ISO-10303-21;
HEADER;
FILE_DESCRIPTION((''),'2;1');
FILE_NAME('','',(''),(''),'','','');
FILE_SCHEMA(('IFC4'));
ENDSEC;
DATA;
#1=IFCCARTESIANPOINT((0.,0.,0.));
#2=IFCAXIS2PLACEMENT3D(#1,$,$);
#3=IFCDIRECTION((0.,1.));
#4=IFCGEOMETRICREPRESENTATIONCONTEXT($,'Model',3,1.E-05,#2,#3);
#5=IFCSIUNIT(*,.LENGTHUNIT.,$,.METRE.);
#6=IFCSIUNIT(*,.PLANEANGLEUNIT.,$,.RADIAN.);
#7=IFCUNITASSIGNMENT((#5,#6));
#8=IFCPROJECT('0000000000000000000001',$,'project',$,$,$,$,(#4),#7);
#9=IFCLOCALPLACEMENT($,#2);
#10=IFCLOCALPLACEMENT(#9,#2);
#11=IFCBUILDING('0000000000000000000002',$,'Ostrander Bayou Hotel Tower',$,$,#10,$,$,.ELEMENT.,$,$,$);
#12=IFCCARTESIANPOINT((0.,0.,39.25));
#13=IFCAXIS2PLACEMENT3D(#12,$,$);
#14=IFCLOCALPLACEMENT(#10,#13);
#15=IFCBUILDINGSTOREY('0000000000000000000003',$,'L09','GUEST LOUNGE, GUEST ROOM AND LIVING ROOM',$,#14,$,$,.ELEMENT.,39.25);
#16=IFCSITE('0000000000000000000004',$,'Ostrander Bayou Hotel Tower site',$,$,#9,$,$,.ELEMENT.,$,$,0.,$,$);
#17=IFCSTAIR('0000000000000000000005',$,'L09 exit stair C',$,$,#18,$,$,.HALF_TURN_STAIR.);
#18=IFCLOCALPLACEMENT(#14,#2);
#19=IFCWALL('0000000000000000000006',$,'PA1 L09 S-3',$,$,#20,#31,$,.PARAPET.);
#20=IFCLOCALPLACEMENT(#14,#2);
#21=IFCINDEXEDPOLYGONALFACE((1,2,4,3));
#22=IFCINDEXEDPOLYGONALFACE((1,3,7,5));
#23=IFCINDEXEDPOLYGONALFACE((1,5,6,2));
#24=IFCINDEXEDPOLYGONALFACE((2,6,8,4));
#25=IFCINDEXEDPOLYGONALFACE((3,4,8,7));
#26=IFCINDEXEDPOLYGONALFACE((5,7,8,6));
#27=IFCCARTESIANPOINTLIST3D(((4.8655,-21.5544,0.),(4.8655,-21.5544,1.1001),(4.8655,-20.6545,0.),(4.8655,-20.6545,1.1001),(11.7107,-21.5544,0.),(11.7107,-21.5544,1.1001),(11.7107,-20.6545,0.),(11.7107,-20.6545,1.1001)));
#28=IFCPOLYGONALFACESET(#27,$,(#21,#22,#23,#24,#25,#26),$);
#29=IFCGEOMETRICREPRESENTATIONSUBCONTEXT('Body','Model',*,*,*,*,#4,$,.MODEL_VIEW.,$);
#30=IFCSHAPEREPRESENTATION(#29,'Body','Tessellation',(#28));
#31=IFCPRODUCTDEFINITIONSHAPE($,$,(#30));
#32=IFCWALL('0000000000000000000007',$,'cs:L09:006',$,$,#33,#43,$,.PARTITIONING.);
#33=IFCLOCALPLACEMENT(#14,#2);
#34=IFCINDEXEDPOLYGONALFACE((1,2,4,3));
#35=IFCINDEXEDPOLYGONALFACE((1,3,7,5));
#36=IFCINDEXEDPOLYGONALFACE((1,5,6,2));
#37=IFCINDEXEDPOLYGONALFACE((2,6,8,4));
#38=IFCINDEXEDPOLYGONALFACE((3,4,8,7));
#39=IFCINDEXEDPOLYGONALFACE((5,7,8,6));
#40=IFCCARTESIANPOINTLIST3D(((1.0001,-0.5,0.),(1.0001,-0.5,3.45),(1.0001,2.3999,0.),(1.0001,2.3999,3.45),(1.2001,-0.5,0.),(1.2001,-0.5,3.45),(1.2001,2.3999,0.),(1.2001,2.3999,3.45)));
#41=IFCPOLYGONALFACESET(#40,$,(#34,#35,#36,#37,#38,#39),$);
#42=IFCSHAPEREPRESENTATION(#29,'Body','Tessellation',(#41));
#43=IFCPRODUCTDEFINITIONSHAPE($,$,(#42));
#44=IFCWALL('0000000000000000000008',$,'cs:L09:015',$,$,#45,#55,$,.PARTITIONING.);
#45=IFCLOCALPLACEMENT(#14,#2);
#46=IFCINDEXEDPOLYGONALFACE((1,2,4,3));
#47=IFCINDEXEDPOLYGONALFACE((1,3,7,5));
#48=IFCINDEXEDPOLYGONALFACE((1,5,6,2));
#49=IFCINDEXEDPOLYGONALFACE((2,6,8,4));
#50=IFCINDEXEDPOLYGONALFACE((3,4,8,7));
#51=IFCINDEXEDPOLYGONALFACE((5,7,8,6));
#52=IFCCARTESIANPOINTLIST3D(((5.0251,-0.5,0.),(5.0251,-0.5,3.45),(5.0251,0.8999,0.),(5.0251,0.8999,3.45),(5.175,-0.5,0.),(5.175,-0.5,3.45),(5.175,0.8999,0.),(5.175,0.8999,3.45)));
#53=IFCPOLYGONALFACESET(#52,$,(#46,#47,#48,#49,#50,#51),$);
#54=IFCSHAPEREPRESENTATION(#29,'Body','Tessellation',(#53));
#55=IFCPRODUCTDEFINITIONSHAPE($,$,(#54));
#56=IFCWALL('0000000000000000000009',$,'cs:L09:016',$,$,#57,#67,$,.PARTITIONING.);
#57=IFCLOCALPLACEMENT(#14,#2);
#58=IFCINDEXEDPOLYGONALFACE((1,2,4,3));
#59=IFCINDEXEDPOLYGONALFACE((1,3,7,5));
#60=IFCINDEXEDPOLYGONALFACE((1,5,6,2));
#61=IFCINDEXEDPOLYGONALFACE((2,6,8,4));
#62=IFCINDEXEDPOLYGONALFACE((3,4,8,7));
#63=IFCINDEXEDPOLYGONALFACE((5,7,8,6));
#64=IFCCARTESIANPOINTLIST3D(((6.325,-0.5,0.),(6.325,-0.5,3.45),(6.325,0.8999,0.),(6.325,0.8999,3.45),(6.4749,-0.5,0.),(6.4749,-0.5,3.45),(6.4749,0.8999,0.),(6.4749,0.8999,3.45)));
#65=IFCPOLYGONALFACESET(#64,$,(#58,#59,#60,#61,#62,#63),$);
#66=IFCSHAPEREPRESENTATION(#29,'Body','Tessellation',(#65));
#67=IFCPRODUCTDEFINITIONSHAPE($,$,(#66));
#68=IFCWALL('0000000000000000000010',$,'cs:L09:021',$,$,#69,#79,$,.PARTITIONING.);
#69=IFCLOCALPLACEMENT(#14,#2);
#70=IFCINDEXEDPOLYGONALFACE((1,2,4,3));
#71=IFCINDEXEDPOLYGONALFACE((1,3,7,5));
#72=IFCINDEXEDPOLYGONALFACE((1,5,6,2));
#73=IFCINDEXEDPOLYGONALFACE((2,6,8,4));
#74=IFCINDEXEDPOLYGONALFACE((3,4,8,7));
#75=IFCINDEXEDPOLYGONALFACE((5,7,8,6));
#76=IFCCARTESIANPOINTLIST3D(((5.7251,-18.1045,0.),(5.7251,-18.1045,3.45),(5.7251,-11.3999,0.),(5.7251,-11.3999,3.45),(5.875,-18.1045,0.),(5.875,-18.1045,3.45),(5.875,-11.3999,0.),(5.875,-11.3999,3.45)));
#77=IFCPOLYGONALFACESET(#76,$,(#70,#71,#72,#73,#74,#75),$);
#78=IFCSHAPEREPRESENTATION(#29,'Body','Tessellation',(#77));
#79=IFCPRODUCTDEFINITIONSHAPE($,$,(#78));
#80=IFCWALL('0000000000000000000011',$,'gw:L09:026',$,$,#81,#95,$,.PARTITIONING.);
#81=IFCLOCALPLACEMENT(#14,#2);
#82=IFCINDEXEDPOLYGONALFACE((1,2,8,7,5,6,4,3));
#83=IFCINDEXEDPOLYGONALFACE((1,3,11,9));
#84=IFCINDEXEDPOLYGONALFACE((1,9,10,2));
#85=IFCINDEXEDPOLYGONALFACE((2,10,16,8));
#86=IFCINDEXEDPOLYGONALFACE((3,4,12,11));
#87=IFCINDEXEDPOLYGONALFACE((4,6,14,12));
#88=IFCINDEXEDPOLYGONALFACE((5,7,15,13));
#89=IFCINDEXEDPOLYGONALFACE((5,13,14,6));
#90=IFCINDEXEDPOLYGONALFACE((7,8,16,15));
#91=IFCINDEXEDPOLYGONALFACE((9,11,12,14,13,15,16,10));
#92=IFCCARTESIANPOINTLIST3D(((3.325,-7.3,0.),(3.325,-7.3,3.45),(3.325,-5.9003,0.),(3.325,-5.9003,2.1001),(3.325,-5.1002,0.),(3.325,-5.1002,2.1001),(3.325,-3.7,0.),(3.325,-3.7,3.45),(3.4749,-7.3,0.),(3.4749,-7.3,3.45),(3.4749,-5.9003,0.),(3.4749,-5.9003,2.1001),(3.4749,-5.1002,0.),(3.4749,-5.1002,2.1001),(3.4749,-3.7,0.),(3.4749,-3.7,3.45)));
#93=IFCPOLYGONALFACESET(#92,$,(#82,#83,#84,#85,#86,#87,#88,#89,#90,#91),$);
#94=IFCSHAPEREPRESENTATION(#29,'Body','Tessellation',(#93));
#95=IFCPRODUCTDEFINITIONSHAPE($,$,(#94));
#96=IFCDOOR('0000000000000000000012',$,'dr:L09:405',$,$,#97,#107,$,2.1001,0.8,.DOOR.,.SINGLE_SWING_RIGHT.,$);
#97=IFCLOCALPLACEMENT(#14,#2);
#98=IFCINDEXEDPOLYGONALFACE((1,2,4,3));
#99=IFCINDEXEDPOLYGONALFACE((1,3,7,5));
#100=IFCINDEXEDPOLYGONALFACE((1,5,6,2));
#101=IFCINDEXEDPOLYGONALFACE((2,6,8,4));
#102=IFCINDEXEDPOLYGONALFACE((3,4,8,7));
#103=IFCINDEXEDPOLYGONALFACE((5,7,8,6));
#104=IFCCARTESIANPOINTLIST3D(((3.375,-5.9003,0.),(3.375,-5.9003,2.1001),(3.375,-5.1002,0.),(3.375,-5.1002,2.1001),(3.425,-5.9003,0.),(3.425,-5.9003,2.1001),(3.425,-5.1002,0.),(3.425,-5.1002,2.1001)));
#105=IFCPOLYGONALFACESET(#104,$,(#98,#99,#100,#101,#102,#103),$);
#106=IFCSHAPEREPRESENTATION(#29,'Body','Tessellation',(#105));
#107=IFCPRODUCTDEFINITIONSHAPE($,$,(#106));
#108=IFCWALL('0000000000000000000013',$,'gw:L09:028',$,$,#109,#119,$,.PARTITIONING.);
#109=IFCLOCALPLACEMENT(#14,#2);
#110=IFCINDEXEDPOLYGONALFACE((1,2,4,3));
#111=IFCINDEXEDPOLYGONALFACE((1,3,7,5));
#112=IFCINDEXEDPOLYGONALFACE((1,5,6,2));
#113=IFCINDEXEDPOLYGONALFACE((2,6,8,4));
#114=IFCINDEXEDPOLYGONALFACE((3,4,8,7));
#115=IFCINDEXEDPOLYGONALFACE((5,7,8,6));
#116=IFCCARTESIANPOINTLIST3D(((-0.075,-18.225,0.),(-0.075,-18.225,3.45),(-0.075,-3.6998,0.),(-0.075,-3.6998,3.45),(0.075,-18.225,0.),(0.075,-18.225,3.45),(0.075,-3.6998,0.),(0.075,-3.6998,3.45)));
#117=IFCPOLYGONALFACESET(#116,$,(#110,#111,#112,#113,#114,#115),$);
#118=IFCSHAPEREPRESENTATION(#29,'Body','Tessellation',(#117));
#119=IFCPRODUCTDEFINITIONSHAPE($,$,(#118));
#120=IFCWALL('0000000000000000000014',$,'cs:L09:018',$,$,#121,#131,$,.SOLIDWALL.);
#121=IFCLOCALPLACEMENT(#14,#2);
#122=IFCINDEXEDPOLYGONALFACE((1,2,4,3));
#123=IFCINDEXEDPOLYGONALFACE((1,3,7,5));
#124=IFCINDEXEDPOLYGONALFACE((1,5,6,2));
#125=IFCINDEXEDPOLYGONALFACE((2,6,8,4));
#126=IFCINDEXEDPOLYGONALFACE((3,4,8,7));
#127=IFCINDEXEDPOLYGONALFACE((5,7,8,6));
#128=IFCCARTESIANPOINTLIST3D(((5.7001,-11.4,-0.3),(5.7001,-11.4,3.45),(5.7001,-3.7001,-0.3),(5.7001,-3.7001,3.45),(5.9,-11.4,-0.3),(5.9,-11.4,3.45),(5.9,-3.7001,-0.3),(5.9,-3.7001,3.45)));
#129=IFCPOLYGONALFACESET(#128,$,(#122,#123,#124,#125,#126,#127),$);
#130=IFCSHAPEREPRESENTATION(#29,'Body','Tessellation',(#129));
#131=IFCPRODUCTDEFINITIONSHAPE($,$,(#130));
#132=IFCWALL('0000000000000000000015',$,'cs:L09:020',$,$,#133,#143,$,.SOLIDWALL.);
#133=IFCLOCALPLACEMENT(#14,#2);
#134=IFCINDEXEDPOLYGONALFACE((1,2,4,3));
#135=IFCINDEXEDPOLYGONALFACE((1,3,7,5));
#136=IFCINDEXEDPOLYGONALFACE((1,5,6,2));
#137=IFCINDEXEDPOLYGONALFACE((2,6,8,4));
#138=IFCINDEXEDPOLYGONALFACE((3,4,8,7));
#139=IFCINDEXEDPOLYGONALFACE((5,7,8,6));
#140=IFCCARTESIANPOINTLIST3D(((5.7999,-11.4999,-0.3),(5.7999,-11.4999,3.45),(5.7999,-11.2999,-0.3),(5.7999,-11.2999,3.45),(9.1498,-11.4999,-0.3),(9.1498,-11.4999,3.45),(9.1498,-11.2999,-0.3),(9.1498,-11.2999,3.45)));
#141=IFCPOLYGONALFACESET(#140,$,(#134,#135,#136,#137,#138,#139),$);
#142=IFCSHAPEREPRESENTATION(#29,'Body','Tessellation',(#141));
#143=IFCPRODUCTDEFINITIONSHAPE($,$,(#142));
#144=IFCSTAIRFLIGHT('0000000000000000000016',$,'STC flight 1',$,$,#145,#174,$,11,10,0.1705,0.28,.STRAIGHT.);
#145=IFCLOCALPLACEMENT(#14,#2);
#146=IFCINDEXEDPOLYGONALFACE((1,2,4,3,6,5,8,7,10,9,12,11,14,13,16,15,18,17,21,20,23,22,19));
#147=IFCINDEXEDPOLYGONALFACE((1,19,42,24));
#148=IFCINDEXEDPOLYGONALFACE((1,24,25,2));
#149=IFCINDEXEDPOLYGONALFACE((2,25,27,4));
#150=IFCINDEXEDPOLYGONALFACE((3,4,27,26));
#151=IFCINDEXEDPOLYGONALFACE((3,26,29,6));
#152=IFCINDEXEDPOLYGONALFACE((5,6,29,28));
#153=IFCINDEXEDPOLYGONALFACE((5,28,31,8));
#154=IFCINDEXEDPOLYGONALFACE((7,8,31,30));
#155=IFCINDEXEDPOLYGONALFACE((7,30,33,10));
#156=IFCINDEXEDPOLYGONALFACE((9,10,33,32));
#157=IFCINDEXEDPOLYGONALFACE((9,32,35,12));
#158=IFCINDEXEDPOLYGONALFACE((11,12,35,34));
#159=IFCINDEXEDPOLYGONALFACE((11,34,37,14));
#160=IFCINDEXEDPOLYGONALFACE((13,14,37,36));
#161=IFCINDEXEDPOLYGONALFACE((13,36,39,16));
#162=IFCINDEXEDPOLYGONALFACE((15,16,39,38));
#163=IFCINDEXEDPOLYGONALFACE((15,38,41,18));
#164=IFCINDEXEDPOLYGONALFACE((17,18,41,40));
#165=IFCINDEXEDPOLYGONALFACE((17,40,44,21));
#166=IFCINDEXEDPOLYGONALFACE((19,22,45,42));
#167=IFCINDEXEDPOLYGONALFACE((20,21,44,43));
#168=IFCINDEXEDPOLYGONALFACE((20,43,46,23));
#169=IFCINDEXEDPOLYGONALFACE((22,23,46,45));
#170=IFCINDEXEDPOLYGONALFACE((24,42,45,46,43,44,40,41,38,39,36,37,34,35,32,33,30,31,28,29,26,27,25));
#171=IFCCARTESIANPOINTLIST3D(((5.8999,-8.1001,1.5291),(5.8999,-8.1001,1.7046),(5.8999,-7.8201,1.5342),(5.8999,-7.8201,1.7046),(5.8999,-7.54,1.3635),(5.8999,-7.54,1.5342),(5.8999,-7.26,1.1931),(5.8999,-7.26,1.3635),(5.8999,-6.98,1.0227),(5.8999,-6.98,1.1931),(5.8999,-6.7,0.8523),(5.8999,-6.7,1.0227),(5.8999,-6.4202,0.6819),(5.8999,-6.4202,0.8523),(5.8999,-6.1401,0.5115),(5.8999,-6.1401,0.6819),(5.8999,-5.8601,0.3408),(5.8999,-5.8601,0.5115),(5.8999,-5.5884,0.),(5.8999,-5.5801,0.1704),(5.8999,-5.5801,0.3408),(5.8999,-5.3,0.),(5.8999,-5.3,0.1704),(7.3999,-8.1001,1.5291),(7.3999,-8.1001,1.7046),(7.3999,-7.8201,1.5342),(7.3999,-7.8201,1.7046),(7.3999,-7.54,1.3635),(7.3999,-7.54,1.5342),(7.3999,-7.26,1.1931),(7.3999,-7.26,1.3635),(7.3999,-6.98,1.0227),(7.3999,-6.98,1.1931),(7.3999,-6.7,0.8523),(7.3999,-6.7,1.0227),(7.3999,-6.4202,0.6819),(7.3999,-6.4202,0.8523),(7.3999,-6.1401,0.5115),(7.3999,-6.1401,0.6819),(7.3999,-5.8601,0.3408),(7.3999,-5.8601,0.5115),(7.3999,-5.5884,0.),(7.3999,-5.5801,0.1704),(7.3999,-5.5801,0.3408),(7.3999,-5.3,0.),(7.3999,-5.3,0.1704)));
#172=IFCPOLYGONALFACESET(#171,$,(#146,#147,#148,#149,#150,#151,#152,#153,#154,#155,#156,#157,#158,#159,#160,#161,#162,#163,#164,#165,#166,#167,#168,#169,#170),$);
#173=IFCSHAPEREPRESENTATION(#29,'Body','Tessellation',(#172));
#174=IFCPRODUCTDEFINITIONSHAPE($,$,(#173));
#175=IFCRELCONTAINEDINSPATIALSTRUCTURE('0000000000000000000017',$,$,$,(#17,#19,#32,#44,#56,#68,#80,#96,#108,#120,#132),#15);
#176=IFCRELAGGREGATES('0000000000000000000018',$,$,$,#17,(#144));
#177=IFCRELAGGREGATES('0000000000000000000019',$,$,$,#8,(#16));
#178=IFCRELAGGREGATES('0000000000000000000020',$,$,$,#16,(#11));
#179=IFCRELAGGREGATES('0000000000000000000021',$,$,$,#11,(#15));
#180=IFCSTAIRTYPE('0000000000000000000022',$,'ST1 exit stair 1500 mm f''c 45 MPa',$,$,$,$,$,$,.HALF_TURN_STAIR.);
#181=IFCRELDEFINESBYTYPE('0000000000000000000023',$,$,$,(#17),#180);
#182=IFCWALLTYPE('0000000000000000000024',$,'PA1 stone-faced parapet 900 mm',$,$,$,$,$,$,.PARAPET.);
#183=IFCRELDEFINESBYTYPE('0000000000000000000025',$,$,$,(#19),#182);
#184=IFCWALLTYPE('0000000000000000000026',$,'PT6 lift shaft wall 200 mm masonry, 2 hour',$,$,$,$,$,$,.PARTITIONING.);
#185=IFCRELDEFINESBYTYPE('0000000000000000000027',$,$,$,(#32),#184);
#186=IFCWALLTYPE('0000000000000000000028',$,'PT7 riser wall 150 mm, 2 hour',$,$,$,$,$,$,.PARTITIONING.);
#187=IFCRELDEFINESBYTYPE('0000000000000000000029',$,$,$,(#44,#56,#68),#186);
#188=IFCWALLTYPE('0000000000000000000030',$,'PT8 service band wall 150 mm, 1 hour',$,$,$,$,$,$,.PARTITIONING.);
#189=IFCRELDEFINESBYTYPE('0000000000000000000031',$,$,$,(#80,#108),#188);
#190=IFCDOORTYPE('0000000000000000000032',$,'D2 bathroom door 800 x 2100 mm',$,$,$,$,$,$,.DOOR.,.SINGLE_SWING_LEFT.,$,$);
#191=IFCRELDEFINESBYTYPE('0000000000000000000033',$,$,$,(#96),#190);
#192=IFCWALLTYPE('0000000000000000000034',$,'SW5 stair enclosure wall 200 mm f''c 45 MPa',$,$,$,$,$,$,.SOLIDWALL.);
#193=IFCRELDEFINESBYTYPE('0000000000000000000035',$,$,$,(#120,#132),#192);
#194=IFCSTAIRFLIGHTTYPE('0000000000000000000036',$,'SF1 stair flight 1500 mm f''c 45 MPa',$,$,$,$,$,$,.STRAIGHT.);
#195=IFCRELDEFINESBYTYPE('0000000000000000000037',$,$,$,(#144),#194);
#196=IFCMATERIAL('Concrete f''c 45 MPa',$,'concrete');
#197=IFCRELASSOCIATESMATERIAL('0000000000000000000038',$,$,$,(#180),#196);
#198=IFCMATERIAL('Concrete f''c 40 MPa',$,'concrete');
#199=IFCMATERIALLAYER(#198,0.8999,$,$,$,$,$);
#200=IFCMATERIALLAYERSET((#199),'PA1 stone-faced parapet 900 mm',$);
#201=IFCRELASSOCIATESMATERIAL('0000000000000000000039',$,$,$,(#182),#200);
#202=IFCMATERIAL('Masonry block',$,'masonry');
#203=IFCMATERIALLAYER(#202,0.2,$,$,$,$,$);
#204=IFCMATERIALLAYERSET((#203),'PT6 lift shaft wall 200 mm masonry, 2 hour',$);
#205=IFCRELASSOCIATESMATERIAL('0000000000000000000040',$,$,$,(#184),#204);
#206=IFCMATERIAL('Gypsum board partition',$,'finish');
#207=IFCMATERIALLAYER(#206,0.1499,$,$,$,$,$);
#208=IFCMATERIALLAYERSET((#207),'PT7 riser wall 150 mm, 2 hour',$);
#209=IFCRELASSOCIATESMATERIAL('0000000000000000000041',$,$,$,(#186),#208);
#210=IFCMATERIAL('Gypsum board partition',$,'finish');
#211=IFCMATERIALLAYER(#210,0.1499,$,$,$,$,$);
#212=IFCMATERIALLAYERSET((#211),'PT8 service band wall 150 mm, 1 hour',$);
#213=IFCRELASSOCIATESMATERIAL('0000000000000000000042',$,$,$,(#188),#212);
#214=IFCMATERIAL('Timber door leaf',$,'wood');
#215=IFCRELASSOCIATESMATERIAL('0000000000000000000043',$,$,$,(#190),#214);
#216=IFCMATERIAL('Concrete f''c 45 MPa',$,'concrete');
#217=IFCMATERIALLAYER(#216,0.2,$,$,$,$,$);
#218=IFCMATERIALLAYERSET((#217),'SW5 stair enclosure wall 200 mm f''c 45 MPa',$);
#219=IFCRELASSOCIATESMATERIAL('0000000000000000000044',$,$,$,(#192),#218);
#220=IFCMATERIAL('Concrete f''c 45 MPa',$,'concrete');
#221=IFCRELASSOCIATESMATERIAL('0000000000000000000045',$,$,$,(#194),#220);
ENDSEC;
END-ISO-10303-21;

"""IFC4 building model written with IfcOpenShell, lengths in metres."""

from ifc_helpers import new_model, si_unit, direction, frame, frame_2d, origin, place, context, subcontext, project, spatial, polyline, rectangle, outline, extrude, material, layer, layer_set, type_object, element, fill, aggregate, save


model = new_model("IFC4")

# Units and contexts
model_context = context("Model", 3, precision=1e-05, world=origin(), true_north=direction((0.0, 1.0)))
body_context = subcontext(model_context, "Body", "Model", "MODEL_VIEW")
ifc_project = project(units=[si_unit("LENGTHUNIT", "METRE"), si_unit("PLANEANGLEUNIT", "RADIAN")], contexts=[model_context])

# Site, building, storey
site_placement = place(None, origin())
site = spatial("IfcSite", under=ifc_project, at=site_placement, Name="Ostrander Bayou Hotel Tower site", CompositionType="ELEMENT", RefElevation=0.0)
building_placement = place(site_placement, origin())
building = spatial("IfcBuilding", under=site, at=building_placement, Name="Ostrander Bayou Hotel Tower", CompositionType="ELEMENT")
storey_placement = place(building_placement, frame((0.0, 0.0, 39.25)))
storey = spatial("IfcBuildingStorey", under=building, at=storey_placement, Name="L09", Description="GUEST LOUNGE, GUEST ROOM AND LIVING ROOM", CompositionType="ELEMENT", Elevation=39.25)

# Stair
ifc_material_1 = material(Name="Concrete f'c 45 MPa", Category="concrete")
stair_type = type_object("IfcStairType", Name="ST1 exit stair 1500 mm f'c 45 MPa", PredefinedType="HALF_TURN_STAIR", material=ifc_material_1)
stair_1_placement = place(storey_placement, origin())
stair_1 = element("IfcStair", 1, at=stair_1_placement, inside=storey, type_object=stair_type, Name="L09 exit stair C", PredefinedType="HALF_TURN_STAIR")

# Walls
ifc_material_2 = material(Name="Concrete f'c 40 MPa", Category="concrete")
ifc_layer_1 = layer(ifc_material_2, 0.8999)
ifc_layer_set_1 = layer_set([ifc_layer_1], Name="PA1 stone-faced parapet 900 mm")
wall_type_1 = type_object("IfcWallType", Name="PA1 stone-faced parapet 900 mm", PredefinedType="PARAPET", material=ifc_layer_set_1)
wall_1_placement = place(storey_placement, frame((4.8655, -21.1045, 0.0), z_axis=(0.0, 0.0, 1.0), x_axis=(1.0, 0.0, 0.0)))
element("IfcWall", 2, at=wall_1_placement, inside=storey, type_object=wall_type_1, Name="PA1 L09 S-3", PredefinedType="PARAPET", context=body_context, shape_type="SweptSolid", body=[
    extrude(rectangle(XDim=6.8452, YDim=0.8999, at=frame_2d((3.4226, 0.0))), origin(), (0.0, 0.0, 1.0), 1.1001),
])
ifc_material_3 = material(Name="Masonry block", Category="masonry")
ifc_layer_2 = layer(ifc_material_3, 0.2)
ifc_layer_set_2 = layer_set([ifc_layer_2], Name="PT6 lift shaft wall 200 mm masonry, 2 hour")
wall_type_2 = type_object("IfcWallType", Name="PT6 lift shaft wall 200 mm masonry, 2 hour", PredefinedType="PARTITIONING", material=ifc_layer_set_2)
wall_2_placement = place(storey_placement, frame((1.1001, -0.5, 0.0), z_axis=(0.0, 0.0, 1.0), x_axis=(0.0, 1.0, 0.0)))
element("IfcWall", 3, at=wall_2_placement, inside=storey, type_object=wall_type_2, Name="cs:L09:006", PredefinedType="PARTITIONING", context=body_context, shape_type="SweptSolid", body=[
    extrude(rectangle(XDim=2.8999, YDim=0.2, at=frame_2d((1.45, 0.0))), origin(), (0.0, 0.0, 1.0), 3.45),
])
ifc_material_4 = material(Name="Gypsum board partition", Category="finish")
ifc_layer_3 = layer(ifc_material_4, 0.1499)
ifc_layer_set_3 = layer_set([ifc_layer_3], Name="PT7 riser wall 150 mm, 2 hour")
wall_type_3 = type_object("IfcWallType", Name="PT7 riser wall 150 mm, 2 hour", PredefinedType="PARTITIONING", material=ifc_layer_set_3)
for number, where, z_axis, x_axis, name in (
    (4, (5.1001, -0.5, 0.0), (0.0, 0.0, 1.0), (0.0, 1.0, 0.0), "cs:L09:015"),
    (5, (6.3999, -0.5, 0.0), (0.0, 0.0, 1.0), (0.0, 1.0, 0.0), "cs:L09:016"),
):
    element("IfcWall", number, at=place(storey_placement, frame(where, z_axis=z_axis, x_axis=x_axis)), inside=storey, type_object=wall_type_3, Name=name, PredefinedType="PARTITIONING", context=body_context, shape_type="SweptSolid", body=[
        extrude(rectangle(XDim=1.3999, YDim=0.1499, at=frame_2d((0.7, 0.0))), origin(), (0.0, 0.0, 1.0), 3.45),
    ])
wall_3_placement = place(storey_placement, frame((5.8, -11.3999, 0.0), z_axis=(0.0, 0.0, 1.0), x_axis=(0.0, -1.0, 0.0)))
element("IfcWall", 6, at=wall_3_placement, inside=storey, type_object=wall_type_3, Name="cs:L09:021", PredefinedType="PARTITIONING", context=body_context, shape_type="SweptSolid", body=[
    extrude(rectangle(XDim=6.7046, YDim=0.1499, at=frame_2d((3.3523, 0.0))), origin(), (0.0, 0.0, 1.0), 3.45),
])

# Wall, opening, door
ifc_material_5 = material(Name="Gypsum board partition", Category="finish")
ifc_layer_4 = layer(ifc_material_5, 0.1499)
ifc_layer_set_4 = layer_set([ifc_layer_4], Name="PT8 service band wall 150 mm, 1 hour")
wall_type_4 = type_object("IfcWallType", Name="PT8 service band wall 150 mm, 1 hour", PredefinedType="PARTITIONING", material=ifc_layer_set_4)
wall_4_placement = place(storey_placement, frame((3.3999, -7.3, 0.0), z_axis=(0.0, 0.0, 1.0), x_axis=(0.0, 1.0, 0.0)))
wall_4 = element("IfcWall", 7, at=wall_4_placement, inside=storey, type_object=wall_type_4, Name="gw:L09:026", PredefinedType="PARTITIONING", context=body_context, shape_type="SweptSolid", body=[
    extrude(rectangle(XDim=3.6001, YDim=0.1499, at=frame_2d((1.8, 0.0))), origin(), (0.0, 0.0, 1.0), 3.45),
])
opening_1_placement = place(wall_4_placement, frame((1.3999, 0.0, 0.0)))
opening_1 = element("IfcOpeningElement", 8, at=opening_1_placement, cuts=wall_4, PredefinedType="OPENING", context=body_context, shape_type="SweptSolid", body=[
    extrude(rectangle(XDim=0.8, YDim=2.1001, at=frame_2d((0.3999, 1.05))), frame((0.0, 0.075, 0.0), z_axis=(0.0, -1.0, 0.0), x_axis=(1.0, 0.0, 0.0)), (0.0, 0.0, 1.0), 0.1499),
])
ifc_material_6 = material(Name="Timber door leaf", Category="wood")
door_type_1 = type_object("IfcDoorType", Name="D2 bathroom door 800 x 2100 mm", OperationType="SINGLE_SWING_LEFT", PredefinedType="DOOR", material=ifc_material_6)
door_1_placement = place(opening_1_placement, origin())
door_1 = element("IfcDoor", 9, at=door_1_placement, inside=storey, type_object=door_type_1, Name="dr:L09:405", OperationType="SINGLE_SWING_RIGHT", OverallHeight=2.1001, OverallWidth=0.8, PredefinedType="DOOR", context=body_context, shape_type="SweptSolid", body=[
    extrude(rectangle(XDim=0.8, YDim=2.1001, at=frame_2d((0.3999, 1.05))), frame((0.0, 0.0249, 0.0), z_axis=(0.0, -1.0, 0.0), x_axis=(1.0, 0.0, 0.0)), (0.0, 0.0, 1.0), 0.05),
])
fill(opening_1, door_1)

# Wall
wall_5_placement = place(storey_placement, frame((0.0, -18.2251, 0.0), z_axis=(0.0, 0.0, 1.0), x_axis=(0.0, 1.0, 0.0)))
element("IfcWall", 10, at=wall_5_placement, inside=storey, type_object=wall_type_4, Name="gw:L09:028", PredefinedType="PARTITIONING", context=body_context, shape_type="SweptSolid", body=[
    extrude(rectangle(XDim=14.5251, YDim=0.1499, at=frame_2d((7.2627, 0.0))), origin(), (0.0, 0.0, 1.0), 3.45),
])

# Shared definitions
ifc_material_7 = material(Name="Concrete f'c 45 MPa", Category="concrete")
ifc_layer_5 = layer(ifc_material_7, 0.2)
ifc_layer_set_5 = layer_set([ifc_layer_5], Name="SW5 stair enclosure wall 200 mm f'c 45 MPa")
wall_type_5 = type_object("IfcWallType", Name="SW5 stair enclosure wall 200 mm f'c 45 MPa", PredefinedType="SOLIDWALL", material=ifc_layer_set_5)

# Walls
wall_6_placement = place(storey_placement, frame((5.8, -3.7, -0.3), z_axis=(0.0, 0.0, 1.0), x_axis=(0.0, -1.0, 0.0)))
element("IfcWall", 11, at=wall_6_placement, inside=storey, type_object=wall_type_5, Name="cs:L09:018", PredefinedType="SOLIDWALL", context=body_context, shape_type="SweptSolid", body=[
    extrude(rectangle(XDim=7.7, YDim=0.2, at=frame_2d((3.8501, 0.0))), origin(), (0.0, 0.0, 1.0), 3.75),
])
wall_7_placement = place(storey_placement, frame((5.8, -11.3999, -0.3), z_axis=(0.0, 0.0, 1.0), x_axis=(1.0, 0.0, 0.0)))
element("IfcWall", 12, at=wall_7_placement, inside=storey, type_object=wall_type_5, Name="cs:L09:020", PredefinedType="SOLIDWALL", context=body_context, shape_type="SweptSolid", body=[
    extrude(rectangle(XDim=3.3499, YDim=0.2, at=frame_2d((1.6748, 0.0))), origin(), (0.0, 0.0, 1.0), 3.75),
])

# Stair flight
ifc_material_8 = material(Name="Concrete f'c 45 MPa", Category="concrete")
stair_flight_type = type_object("IfcStairFlightType", Name="SF1 stair flight 1500 mm f'c 45 MPa", PredefinedType="STRAIGHT", material=ifc_material_8)
stair_flight_placement = place(storey_placement, frame((6.6499, -5.3, 0.0), z_axis=(0.0, 0.0, 1.0), x_axis=(0.0, -1.0, 0.0)))
stair_flight = element("IfcStairFlight", 13, at=stair_flight_placement, type_object=stair_flight_type, Name="STC flight 1", NumberOfRisers=11, NumberOfTreads=10, PredefinedType="STRAIGHT", RiserHeight=0.1705, TreadLength=0.28, context=body_context, shape_type="SweptSolid", body=[
    extrude(outline(polyline([(0.0, 0.0), (0.0, 0.1704), (0.28, 0.1704), (0.28, 0.3408), (0.5601, 0.3408), (0.5601, 0.5115), (0.8401, 0.5115), (0.8401, 0.6819), (1.1201, 0.6819), (1.1201, 0.8523), (1.3999, 0.8523), (1.3999, 1.0227), (1.6799, 1.0227), (1.6799, 1.1931), (1.96, 1.1931), (1.96, 1.3635), (2.24, 1.3635), (2.24, 1.5342), (2.52, 1.5342), (2.52, 1.7046), (2.8, 1.7046), (2.8, 1.875), (2.8, 1.5291), (0.2883, 0.0), (0.0, 0.0)])), frame((0.0, 0.75, 0.0), z_axis=(0.0, -1.0, 0.0), x_axis=(1.0, 0.0, 0.0)), (0.0, 0.0, 1.0), 1.5),
])
aggregate(stair_1, [stair_flight])

save(model, "model.ifc")
